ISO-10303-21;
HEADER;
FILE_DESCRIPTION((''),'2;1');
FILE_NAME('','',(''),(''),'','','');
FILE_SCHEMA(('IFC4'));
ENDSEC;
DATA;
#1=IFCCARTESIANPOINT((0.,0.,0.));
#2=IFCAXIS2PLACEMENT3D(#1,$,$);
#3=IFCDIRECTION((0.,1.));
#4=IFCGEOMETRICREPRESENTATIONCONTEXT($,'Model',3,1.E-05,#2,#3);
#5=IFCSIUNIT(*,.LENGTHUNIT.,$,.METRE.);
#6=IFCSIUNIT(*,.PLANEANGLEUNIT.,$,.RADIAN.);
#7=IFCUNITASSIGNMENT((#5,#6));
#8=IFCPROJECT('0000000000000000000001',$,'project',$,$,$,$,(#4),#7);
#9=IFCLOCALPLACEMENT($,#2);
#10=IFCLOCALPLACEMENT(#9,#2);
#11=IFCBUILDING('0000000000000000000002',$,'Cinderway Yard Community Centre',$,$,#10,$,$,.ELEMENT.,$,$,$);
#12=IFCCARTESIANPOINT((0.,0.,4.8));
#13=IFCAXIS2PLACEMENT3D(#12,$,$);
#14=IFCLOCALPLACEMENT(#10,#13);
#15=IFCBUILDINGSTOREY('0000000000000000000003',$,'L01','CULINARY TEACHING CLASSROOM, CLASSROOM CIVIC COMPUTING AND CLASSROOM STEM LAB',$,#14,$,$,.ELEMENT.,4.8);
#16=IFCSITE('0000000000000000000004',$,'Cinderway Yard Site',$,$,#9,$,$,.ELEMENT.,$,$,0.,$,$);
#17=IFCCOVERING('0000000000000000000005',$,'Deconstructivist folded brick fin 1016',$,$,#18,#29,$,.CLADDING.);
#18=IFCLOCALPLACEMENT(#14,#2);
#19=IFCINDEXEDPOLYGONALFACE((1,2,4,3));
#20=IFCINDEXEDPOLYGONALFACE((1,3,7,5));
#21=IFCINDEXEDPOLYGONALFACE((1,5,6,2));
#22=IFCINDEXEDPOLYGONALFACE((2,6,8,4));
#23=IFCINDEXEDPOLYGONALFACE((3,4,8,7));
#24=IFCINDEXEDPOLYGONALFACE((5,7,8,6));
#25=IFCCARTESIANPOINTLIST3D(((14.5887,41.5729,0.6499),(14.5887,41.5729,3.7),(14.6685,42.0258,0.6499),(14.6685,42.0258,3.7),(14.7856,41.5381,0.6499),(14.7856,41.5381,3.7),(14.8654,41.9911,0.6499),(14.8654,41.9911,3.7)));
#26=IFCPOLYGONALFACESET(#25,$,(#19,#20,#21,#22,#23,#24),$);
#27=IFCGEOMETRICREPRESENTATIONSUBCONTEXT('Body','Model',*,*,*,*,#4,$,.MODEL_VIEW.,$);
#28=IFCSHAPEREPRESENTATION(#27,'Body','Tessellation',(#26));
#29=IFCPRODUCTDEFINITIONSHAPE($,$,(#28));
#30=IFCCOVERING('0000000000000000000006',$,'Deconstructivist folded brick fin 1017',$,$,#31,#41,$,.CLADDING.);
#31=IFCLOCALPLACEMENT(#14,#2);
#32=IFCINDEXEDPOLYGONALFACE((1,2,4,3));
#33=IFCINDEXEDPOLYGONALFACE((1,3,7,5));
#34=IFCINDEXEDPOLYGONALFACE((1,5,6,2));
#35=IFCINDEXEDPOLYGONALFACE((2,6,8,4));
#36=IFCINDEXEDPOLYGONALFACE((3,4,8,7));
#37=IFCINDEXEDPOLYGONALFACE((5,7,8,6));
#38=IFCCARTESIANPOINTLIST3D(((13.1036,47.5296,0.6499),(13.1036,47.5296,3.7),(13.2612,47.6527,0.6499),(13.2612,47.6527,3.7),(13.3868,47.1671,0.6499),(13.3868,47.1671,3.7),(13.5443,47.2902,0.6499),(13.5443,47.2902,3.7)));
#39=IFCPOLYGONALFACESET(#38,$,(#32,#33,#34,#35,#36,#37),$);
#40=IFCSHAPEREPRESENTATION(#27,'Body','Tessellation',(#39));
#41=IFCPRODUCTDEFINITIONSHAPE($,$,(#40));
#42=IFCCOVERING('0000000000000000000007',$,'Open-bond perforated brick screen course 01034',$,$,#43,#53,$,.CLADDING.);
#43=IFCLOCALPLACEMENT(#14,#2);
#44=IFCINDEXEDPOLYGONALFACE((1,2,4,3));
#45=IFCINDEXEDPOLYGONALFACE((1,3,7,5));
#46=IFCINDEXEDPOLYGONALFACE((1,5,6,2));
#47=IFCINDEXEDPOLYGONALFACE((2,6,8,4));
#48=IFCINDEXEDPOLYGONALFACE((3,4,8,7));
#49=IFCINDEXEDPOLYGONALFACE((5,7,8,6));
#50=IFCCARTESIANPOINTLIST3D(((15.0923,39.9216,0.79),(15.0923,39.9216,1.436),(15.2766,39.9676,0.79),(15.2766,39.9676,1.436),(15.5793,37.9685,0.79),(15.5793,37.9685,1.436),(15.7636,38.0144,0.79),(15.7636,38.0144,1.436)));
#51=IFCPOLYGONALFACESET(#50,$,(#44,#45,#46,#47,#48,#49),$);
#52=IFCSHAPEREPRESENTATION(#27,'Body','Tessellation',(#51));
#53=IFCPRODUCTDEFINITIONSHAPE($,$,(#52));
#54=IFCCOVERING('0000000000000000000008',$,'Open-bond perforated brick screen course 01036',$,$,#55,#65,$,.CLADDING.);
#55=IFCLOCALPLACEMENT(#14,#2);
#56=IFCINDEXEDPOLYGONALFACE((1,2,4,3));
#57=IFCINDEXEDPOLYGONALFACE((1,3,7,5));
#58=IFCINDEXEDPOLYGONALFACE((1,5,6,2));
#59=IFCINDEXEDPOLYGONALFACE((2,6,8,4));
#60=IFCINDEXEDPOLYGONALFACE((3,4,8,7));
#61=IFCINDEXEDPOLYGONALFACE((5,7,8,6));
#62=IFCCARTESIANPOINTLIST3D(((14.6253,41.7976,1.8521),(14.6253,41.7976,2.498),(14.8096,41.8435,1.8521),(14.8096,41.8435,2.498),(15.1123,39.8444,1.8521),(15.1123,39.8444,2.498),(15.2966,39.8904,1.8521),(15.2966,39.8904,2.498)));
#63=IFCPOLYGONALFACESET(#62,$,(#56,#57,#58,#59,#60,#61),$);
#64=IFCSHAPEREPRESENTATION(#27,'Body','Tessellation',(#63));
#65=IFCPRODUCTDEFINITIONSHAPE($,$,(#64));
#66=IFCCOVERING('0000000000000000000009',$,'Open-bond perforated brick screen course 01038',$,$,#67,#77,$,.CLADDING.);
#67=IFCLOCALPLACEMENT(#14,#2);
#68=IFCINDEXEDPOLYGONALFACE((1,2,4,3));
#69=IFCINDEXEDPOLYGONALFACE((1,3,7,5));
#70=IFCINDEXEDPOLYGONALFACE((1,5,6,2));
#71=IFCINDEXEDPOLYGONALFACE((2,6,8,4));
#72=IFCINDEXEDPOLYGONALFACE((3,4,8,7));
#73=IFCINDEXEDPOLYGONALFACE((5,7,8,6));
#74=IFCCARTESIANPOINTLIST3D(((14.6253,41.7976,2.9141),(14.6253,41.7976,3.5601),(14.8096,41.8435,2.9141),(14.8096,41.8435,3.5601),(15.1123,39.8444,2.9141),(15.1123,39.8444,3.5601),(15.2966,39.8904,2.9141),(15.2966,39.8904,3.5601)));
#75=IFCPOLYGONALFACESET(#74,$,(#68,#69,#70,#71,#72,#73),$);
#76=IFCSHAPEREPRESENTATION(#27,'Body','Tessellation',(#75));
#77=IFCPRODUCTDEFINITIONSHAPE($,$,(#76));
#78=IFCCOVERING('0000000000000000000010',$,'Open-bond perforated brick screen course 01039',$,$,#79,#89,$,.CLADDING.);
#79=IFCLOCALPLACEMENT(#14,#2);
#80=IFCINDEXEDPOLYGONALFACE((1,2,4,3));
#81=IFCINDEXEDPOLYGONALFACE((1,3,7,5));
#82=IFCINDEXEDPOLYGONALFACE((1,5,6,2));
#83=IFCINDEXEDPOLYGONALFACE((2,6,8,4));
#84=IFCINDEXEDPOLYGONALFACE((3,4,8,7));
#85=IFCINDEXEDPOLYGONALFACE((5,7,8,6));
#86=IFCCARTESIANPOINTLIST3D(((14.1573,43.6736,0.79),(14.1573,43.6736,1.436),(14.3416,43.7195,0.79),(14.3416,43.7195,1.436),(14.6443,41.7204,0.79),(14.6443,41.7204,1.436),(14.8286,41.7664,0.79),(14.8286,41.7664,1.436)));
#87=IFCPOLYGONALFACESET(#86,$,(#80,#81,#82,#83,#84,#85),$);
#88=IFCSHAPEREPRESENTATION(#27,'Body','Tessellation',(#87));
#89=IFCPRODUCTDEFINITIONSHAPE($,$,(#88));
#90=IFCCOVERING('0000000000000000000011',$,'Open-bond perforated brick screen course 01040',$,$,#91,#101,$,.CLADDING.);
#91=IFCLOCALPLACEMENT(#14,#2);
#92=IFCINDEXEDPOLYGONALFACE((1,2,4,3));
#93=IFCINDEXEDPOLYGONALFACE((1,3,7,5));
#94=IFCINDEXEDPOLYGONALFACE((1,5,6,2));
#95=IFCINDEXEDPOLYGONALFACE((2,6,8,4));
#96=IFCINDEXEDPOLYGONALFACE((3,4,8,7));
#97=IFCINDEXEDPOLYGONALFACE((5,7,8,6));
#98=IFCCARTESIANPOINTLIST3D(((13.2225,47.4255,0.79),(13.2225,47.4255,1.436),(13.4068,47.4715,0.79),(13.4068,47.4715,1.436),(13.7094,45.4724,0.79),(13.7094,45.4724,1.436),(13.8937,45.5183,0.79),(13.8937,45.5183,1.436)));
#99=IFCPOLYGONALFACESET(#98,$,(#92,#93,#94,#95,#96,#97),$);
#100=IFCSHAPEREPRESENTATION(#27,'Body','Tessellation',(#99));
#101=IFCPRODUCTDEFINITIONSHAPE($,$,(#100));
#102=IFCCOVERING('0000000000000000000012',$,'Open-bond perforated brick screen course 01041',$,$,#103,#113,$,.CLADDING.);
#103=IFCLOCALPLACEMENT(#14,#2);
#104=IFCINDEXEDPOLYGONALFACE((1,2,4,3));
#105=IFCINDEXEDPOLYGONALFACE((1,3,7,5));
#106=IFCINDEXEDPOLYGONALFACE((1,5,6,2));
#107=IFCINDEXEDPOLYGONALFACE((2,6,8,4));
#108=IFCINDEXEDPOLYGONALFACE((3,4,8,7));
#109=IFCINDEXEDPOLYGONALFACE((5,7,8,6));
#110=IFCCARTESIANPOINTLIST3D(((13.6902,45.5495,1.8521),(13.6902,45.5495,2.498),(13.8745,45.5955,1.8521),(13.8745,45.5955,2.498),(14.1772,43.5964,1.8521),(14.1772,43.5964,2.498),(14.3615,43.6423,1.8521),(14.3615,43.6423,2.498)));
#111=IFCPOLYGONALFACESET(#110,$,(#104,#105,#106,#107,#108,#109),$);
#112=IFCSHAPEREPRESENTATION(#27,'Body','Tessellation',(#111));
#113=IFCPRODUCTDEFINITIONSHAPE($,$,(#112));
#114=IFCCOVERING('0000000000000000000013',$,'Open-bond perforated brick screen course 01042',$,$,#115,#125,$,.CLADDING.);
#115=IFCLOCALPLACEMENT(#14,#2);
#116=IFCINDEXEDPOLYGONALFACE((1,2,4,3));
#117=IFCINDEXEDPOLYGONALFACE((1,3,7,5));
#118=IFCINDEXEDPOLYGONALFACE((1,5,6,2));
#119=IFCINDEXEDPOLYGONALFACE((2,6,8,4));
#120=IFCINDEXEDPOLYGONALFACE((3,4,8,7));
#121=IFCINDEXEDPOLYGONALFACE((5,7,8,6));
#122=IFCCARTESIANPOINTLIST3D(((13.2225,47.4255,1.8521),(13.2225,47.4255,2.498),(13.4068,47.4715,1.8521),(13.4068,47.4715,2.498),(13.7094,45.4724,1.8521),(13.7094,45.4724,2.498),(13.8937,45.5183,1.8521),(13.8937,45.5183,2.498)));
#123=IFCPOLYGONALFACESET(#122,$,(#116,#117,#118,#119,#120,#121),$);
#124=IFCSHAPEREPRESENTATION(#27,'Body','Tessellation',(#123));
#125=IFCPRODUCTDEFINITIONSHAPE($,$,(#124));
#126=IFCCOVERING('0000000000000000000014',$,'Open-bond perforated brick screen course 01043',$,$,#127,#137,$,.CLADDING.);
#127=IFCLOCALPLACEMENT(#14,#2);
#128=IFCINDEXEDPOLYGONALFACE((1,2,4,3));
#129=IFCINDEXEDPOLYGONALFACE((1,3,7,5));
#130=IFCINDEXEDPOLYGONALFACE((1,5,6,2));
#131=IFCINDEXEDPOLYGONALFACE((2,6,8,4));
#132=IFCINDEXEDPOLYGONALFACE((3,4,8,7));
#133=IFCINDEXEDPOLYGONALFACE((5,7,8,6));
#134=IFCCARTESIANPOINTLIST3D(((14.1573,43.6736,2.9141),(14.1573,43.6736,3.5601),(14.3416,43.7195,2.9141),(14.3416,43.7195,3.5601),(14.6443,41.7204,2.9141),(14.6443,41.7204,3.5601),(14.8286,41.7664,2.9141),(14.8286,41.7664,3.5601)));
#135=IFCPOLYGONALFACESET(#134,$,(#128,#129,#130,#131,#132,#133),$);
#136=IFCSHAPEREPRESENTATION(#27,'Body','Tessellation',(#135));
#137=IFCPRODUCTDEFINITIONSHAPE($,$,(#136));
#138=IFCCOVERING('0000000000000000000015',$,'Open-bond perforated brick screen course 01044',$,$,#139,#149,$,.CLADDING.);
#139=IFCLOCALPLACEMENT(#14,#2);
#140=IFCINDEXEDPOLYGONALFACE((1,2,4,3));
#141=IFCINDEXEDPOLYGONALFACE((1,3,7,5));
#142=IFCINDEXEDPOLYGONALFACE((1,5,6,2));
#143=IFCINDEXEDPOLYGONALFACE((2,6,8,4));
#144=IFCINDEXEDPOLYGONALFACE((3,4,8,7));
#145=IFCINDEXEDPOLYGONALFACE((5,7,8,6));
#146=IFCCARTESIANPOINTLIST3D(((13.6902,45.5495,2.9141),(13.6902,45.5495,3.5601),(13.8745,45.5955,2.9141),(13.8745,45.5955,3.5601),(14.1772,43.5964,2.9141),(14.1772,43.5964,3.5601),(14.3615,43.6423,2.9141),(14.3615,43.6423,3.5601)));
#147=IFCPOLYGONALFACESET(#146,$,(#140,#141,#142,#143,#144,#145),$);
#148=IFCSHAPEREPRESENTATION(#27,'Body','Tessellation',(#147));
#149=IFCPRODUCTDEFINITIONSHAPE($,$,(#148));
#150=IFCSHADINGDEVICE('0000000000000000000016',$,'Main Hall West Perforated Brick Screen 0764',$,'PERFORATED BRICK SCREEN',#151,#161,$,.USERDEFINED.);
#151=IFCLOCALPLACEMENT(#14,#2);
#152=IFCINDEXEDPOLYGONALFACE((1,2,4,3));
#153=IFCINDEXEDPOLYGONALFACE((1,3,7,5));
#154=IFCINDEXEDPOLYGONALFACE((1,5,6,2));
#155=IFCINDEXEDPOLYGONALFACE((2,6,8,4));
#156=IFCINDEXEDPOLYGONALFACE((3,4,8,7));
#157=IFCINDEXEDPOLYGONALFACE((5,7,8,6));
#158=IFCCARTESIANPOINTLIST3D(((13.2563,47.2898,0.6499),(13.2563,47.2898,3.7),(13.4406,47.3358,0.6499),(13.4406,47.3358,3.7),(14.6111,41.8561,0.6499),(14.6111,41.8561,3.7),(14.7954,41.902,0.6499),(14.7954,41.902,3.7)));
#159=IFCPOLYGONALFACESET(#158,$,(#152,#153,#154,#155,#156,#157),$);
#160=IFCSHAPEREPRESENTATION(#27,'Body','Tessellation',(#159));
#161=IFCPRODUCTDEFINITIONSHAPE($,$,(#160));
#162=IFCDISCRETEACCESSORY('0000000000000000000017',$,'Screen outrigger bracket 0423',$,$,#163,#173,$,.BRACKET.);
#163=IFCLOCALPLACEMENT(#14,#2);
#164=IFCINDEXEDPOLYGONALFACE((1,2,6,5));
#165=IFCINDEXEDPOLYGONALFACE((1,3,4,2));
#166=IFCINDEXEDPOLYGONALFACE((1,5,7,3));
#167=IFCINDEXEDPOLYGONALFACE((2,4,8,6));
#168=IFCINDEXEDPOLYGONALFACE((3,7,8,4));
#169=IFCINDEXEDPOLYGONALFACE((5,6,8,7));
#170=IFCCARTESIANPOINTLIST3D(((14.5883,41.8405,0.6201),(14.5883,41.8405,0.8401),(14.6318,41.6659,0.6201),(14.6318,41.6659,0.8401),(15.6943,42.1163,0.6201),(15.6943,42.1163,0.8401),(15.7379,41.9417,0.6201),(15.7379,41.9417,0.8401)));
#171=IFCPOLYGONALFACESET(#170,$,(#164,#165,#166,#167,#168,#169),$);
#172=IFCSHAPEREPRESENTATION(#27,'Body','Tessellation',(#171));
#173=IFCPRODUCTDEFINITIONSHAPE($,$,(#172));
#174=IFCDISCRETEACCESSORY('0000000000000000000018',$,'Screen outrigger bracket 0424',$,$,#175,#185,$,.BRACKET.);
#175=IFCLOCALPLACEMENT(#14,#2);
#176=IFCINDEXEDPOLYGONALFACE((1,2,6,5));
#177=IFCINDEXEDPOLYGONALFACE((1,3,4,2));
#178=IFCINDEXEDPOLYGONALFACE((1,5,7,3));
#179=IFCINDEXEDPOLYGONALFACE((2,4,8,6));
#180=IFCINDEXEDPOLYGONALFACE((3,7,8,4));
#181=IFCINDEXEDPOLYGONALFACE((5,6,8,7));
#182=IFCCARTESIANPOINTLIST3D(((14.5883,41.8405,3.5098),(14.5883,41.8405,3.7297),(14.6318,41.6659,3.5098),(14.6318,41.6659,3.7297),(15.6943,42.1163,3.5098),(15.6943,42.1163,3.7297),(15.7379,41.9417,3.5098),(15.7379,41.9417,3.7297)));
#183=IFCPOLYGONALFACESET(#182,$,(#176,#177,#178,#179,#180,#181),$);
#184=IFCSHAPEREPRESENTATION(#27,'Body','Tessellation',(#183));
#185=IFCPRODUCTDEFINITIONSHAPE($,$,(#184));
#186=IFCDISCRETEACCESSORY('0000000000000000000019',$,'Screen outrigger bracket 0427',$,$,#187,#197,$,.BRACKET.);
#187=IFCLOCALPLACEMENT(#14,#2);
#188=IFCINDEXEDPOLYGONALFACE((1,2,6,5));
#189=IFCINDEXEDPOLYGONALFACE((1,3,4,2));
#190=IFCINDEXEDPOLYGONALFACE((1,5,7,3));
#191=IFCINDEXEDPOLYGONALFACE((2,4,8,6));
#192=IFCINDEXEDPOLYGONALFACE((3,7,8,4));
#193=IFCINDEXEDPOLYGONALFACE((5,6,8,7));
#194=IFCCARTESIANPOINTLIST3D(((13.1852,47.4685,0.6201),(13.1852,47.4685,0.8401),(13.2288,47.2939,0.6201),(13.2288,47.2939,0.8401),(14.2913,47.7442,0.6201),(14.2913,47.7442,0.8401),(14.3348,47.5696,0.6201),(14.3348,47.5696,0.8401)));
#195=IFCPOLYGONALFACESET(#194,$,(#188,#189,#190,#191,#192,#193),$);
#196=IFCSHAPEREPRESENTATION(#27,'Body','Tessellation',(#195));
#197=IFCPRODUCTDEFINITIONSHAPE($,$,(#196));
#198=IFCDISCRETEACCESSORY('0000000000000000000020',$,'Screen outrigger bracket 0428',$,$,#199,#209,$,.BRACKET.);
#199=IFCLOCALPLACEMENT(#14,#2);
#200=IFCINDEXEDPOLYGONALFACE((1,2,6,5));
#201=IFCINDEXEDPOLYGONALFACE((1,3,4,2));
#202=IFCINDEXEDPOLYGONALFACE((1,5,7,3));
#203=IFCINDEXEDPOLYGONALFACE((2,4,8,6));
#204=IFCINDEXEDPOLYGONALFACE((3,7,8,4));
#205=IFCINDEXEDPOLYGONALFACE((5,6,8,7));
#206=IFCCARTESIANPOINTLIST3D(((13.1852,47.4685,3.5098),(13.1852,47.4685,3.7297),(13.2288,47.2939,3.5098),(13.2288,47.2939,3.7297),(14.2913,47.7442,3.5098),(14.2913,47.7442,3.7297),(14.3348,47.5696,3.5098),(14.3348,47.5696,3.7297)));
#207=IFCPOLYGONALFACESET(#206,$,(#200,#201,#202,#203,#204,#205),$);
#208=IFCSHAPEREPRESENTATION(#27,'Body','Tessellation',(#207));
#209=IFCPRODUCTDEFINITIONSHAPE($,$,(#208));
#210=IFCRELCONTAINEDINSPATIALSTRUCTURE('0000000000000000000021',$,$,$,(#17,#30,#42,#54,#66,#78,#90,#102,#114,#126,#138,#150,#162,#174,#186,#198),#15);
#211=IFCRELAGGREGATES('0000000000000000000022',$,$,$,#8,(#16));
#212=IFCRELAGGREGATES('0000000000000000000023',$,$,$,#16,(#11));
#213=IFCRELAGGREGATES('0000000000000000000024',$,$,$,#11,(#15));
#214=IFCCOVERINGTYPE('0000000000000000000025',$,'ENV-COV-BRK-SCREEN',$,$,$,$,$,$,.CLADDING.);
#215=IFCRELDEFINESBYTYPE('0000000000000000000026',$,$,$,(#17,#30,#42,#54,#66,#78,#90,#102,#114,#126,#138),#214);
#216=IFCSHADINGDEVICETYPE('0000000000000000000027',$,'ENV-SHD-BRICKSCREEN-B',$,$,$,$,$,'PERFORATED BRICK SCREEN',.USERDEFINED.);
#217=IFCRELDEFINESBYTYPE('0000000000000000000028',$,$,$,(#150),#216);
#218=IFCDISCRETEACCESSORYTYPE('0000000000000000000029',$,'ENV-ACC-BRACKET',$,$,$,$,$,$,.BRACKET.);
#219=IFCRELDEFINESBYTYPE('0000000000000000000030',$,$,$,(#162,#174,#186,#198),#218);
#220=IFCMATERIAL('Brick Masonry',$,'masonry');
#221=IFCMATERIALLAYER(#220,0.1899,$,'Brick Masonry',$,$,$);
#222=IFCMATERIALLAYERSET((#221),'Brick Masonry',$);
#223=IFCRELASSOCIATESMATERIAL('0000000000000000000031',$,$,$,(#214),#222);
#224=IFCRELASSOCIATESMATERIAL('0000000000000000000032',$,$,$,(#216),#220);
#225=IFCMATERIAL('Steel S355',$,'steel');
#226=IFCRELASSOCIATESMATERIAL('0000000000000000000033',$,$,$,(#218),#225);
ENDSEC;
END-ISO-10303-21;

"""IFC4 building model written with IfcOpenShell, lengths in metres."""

from ifc_helpers import new_model, si_unit, direction, frame, origin, origin_2d, place, context, subcontext, project, spatial, rectangle, extrude, material, layer, layer_set, type_object, element, save


model = new_model("IFC4")

# Units and contexts
model_context = context("Model", 3, precision=1e-05, world=origin(), true_north=direction((0.0, 1.0)))
body_context = subcontext(model_context, "Body", "Model", "MODEL_VIEW")
ifc_project = project(units=[si_unit("LENGTHUNIT", "METRE"), si_unit("PLANEANGLEUNIT", "RADIAN")], contexts=[model_context])

# Site, building, storey
site_placement = place(None, origin())
site = spatial("IfcSite", under=ifc_project, at=site_placement, Name="Cinderway Yard Site", CompositionType="ELEMENT", RefElevation=0.0)
building_placement = place(site_placement, origin())
building = spatial("IfcBuilding", under=site, at=building_placement, Name="Cinderway Yard Community Centre", CompositionType="ELEMENT")
storey_placement = place(building_placement, frame((0.0, 0.0, 4.8)))
storey = spatial("IfcBuildingStorey", under=building, at=storey_placement, Name="L01", Description="CULINARY TEACHING CLASSROOM, CLASSROOM CIVIC COMPUTING AND CLASSROOM STEM LAB", CompositionType="ELEMENT", Elevation=4.8)

# Shared definitions
ifc_material_1 = material(Name="Steel S355", Category="steel")

# Coverings
ifc_material_2 = material(Name="Brick Masonry", Category="masonry")
ifc_layer_1 = layer(ifc_material_2, 0.1899, Name="Brick Masonry")
ifc_layer_set_1 = layer_set([ifc_layer_1], Name="Brick Masonry")
covering_type = type_object("IfcCoveringType", Name="ENV-COV-BRK-SCREEN", PredefinedType="CLADDING", material=ifc_layer_set_1)
for number, where, z_axis, x_axis, name in (
    (1, (14.7271, 41.782, 0.6499), (0.0, 0.0, 1.0), (0.173648, 0.984808, 0.0), "Deconstructivist folded brick fin 1016"),
    (2, (13.324, 47.4099, 0.6499), (0.0, 0.0, 1.0), (-0.615661, 0.788011, 0.0), "Deconstructivist folded brick fin 1017"),
):
    element("IfcCovering", number, at=place(storey_placement, frame(where, z_axis=z_axis, x_axis=x_axis)), inside=storey, type_object=covering_type, Name=name, PredefinedType="CLADDING", context=body_context, shape_type="SweptSolid", body=[
        extrude(rectangle(XDim=0.46, YDim=0.2, at=origin_2d()), origin(), (0.0, 0.0, 1.0), 3.05),
    ])
for number, where, z_axis, x_axis, name in (
    (3, (15.428, 38.968, 0.79), (0.0, 0.0, 1.0), (-0.241922, 0.970296, 0.0), "Open-bond perforated brick screen course 01034"),
    (4, (14.9609, 40.844, 1.8521), (0.0, 0.0, 1.0), (-0.241922, 0.970296, 0.0), "Open-bond perforated brick screen course 01036"),
    (5, (14.9609, 40.844, 2.9141), (0.0, 0.0, 1.0), (-0.241922, 0.970296, 0.0), "Open-bond perforated brick screen course 01038"),
    (6, (14.4929, 42.72, 0.79), (0.0, 0.0, 1.0), (-0.241922, 0.970296, 0.0), "Open-bond perforated brick screen course 01039"),
    (7, (13.5581, 46.4719, 0.79), (0.0, 0.0, 1.0), (-0.241922, 0.970296, 0.0), "Open-bond perforated brick screen course 01040"),
    (8, (14.0259, 44.5959, 1.8521), (0.0, 0.0, 1.0), (-0.241922, 0.970296, 0.0), "Open-bond perforated brick screen course 01041"),
    (9, (13.5581, 46.4719, 1.8521), (0.0, 0.0, 1.0), (-0.241922, 0.970296, 0.0), "Open-bond perforated brick screen course 01042"),
    (10, (14.4929, 42.72, 2.9141), (0.0, 0.0, 1.0), (-0.241922, 0.970296, 0.0), "Open-bond perforated brick screen course 01043"),
    (11, (14.0259, 44.5959, 2.9141), (0.0, 0.0, 1.0), (-0.241922, 0.970296, 0.0), "Open-bond perforated brick screen course 01044"),
):
    element("IfcCovering", number, at=place(storey_placement, frame(where, z_axis=z_axis, x_axis=x_axis)), inside=storey, type_object=covering_type, Name=name, PredefinedType="CLADDING", context=body_context, shape_type="SweptSolid", body=[
        extrude(rectangle(XDim=2.0129, YDim=0.1899, at=origin_2d()), origin(), (0.0, 0.0, 1.0), 0.646),
    ])

# Shading device
shading_device_type = type_object("IfcShadingDeviceType", Name="ENV-SHD-BRICKSCREEN-B", ElementType="PERFORATED BRICK SCREEN", PredefinedType="USERDEFINED", material=ifc_material_2)
shading_device_placement = place(storey_placement, frame((14.0259, 44.5959, 0.6499), z_axis=(0.0, 0.0, 1.0), x_axis=(-0.241922, 0.970296, 0.0)))
element("IfcShadingDevice", 12, at=shading_device_placement, inside=storey, type_object=shading_device_type, Name="Main Hall West Perforated Brick Screen 0764", ObjectType="PERFORATED BRICK SCREEN", PredefinedType="USERDEFINED", context=body_context, shape_type="SweptSolid", body=[
    extrude(rectangle(XDim=5.6001, YDim=0.1899, at=origin_2d()), origin(), (0.0, 0.0, 1.0), 3.05),
])

# Discrete accessories
discrete_accessory_type = type_object("IfcDiscreteAccessoryType", Name="ENV-ACC-BRACKET", PredefinedType="BRACKET", material=ifc_material_1)
for number, where, z_axis, x_axis, name in (
    (13, (15.1631, 41.8911, 0.6201), (0.0, 0.0, 1.0), (-0.970296, -0.241922, 0.0), "Screen outrigger bracket 0423"),
    (14, (15.1631, 41.8911, 3.5098), (0.0, 0.0, 1.0), (-0.970296, -0.241922, 0.0), "Screen outrigger bracket 0424"),
    (15, (13.76, 47.519, 0.6201), (0.0, 0.0, 1.0), (-0.970296, -0.241922, 0.0), "Screen outrigger bracket 0427"),
    (16, (13.76, 47.519, 3.5098), (0.0, 0.0, 1.0), (-0.970296, -0.241922, 0.0), "Screen outrigger bracket 0428"),
):
    element("IfcDiscreteAccessory", number, at=place(storey_placement, frame(where, z_axis=z_axis, x_axis=x_axis)), inside=storey, type_object=discrete_accessory_type, Name=name, PredefinedType="BRACKET", context=body_context, shape_type="SweptSolid", body=[
        extrude(rectangle(XDim=1.1399, YDim=0.1799, at=origin_2d()), origin(), (0.0, 0.0, 1.0), 0.22),
    ])

save(model, "model.ifc")
